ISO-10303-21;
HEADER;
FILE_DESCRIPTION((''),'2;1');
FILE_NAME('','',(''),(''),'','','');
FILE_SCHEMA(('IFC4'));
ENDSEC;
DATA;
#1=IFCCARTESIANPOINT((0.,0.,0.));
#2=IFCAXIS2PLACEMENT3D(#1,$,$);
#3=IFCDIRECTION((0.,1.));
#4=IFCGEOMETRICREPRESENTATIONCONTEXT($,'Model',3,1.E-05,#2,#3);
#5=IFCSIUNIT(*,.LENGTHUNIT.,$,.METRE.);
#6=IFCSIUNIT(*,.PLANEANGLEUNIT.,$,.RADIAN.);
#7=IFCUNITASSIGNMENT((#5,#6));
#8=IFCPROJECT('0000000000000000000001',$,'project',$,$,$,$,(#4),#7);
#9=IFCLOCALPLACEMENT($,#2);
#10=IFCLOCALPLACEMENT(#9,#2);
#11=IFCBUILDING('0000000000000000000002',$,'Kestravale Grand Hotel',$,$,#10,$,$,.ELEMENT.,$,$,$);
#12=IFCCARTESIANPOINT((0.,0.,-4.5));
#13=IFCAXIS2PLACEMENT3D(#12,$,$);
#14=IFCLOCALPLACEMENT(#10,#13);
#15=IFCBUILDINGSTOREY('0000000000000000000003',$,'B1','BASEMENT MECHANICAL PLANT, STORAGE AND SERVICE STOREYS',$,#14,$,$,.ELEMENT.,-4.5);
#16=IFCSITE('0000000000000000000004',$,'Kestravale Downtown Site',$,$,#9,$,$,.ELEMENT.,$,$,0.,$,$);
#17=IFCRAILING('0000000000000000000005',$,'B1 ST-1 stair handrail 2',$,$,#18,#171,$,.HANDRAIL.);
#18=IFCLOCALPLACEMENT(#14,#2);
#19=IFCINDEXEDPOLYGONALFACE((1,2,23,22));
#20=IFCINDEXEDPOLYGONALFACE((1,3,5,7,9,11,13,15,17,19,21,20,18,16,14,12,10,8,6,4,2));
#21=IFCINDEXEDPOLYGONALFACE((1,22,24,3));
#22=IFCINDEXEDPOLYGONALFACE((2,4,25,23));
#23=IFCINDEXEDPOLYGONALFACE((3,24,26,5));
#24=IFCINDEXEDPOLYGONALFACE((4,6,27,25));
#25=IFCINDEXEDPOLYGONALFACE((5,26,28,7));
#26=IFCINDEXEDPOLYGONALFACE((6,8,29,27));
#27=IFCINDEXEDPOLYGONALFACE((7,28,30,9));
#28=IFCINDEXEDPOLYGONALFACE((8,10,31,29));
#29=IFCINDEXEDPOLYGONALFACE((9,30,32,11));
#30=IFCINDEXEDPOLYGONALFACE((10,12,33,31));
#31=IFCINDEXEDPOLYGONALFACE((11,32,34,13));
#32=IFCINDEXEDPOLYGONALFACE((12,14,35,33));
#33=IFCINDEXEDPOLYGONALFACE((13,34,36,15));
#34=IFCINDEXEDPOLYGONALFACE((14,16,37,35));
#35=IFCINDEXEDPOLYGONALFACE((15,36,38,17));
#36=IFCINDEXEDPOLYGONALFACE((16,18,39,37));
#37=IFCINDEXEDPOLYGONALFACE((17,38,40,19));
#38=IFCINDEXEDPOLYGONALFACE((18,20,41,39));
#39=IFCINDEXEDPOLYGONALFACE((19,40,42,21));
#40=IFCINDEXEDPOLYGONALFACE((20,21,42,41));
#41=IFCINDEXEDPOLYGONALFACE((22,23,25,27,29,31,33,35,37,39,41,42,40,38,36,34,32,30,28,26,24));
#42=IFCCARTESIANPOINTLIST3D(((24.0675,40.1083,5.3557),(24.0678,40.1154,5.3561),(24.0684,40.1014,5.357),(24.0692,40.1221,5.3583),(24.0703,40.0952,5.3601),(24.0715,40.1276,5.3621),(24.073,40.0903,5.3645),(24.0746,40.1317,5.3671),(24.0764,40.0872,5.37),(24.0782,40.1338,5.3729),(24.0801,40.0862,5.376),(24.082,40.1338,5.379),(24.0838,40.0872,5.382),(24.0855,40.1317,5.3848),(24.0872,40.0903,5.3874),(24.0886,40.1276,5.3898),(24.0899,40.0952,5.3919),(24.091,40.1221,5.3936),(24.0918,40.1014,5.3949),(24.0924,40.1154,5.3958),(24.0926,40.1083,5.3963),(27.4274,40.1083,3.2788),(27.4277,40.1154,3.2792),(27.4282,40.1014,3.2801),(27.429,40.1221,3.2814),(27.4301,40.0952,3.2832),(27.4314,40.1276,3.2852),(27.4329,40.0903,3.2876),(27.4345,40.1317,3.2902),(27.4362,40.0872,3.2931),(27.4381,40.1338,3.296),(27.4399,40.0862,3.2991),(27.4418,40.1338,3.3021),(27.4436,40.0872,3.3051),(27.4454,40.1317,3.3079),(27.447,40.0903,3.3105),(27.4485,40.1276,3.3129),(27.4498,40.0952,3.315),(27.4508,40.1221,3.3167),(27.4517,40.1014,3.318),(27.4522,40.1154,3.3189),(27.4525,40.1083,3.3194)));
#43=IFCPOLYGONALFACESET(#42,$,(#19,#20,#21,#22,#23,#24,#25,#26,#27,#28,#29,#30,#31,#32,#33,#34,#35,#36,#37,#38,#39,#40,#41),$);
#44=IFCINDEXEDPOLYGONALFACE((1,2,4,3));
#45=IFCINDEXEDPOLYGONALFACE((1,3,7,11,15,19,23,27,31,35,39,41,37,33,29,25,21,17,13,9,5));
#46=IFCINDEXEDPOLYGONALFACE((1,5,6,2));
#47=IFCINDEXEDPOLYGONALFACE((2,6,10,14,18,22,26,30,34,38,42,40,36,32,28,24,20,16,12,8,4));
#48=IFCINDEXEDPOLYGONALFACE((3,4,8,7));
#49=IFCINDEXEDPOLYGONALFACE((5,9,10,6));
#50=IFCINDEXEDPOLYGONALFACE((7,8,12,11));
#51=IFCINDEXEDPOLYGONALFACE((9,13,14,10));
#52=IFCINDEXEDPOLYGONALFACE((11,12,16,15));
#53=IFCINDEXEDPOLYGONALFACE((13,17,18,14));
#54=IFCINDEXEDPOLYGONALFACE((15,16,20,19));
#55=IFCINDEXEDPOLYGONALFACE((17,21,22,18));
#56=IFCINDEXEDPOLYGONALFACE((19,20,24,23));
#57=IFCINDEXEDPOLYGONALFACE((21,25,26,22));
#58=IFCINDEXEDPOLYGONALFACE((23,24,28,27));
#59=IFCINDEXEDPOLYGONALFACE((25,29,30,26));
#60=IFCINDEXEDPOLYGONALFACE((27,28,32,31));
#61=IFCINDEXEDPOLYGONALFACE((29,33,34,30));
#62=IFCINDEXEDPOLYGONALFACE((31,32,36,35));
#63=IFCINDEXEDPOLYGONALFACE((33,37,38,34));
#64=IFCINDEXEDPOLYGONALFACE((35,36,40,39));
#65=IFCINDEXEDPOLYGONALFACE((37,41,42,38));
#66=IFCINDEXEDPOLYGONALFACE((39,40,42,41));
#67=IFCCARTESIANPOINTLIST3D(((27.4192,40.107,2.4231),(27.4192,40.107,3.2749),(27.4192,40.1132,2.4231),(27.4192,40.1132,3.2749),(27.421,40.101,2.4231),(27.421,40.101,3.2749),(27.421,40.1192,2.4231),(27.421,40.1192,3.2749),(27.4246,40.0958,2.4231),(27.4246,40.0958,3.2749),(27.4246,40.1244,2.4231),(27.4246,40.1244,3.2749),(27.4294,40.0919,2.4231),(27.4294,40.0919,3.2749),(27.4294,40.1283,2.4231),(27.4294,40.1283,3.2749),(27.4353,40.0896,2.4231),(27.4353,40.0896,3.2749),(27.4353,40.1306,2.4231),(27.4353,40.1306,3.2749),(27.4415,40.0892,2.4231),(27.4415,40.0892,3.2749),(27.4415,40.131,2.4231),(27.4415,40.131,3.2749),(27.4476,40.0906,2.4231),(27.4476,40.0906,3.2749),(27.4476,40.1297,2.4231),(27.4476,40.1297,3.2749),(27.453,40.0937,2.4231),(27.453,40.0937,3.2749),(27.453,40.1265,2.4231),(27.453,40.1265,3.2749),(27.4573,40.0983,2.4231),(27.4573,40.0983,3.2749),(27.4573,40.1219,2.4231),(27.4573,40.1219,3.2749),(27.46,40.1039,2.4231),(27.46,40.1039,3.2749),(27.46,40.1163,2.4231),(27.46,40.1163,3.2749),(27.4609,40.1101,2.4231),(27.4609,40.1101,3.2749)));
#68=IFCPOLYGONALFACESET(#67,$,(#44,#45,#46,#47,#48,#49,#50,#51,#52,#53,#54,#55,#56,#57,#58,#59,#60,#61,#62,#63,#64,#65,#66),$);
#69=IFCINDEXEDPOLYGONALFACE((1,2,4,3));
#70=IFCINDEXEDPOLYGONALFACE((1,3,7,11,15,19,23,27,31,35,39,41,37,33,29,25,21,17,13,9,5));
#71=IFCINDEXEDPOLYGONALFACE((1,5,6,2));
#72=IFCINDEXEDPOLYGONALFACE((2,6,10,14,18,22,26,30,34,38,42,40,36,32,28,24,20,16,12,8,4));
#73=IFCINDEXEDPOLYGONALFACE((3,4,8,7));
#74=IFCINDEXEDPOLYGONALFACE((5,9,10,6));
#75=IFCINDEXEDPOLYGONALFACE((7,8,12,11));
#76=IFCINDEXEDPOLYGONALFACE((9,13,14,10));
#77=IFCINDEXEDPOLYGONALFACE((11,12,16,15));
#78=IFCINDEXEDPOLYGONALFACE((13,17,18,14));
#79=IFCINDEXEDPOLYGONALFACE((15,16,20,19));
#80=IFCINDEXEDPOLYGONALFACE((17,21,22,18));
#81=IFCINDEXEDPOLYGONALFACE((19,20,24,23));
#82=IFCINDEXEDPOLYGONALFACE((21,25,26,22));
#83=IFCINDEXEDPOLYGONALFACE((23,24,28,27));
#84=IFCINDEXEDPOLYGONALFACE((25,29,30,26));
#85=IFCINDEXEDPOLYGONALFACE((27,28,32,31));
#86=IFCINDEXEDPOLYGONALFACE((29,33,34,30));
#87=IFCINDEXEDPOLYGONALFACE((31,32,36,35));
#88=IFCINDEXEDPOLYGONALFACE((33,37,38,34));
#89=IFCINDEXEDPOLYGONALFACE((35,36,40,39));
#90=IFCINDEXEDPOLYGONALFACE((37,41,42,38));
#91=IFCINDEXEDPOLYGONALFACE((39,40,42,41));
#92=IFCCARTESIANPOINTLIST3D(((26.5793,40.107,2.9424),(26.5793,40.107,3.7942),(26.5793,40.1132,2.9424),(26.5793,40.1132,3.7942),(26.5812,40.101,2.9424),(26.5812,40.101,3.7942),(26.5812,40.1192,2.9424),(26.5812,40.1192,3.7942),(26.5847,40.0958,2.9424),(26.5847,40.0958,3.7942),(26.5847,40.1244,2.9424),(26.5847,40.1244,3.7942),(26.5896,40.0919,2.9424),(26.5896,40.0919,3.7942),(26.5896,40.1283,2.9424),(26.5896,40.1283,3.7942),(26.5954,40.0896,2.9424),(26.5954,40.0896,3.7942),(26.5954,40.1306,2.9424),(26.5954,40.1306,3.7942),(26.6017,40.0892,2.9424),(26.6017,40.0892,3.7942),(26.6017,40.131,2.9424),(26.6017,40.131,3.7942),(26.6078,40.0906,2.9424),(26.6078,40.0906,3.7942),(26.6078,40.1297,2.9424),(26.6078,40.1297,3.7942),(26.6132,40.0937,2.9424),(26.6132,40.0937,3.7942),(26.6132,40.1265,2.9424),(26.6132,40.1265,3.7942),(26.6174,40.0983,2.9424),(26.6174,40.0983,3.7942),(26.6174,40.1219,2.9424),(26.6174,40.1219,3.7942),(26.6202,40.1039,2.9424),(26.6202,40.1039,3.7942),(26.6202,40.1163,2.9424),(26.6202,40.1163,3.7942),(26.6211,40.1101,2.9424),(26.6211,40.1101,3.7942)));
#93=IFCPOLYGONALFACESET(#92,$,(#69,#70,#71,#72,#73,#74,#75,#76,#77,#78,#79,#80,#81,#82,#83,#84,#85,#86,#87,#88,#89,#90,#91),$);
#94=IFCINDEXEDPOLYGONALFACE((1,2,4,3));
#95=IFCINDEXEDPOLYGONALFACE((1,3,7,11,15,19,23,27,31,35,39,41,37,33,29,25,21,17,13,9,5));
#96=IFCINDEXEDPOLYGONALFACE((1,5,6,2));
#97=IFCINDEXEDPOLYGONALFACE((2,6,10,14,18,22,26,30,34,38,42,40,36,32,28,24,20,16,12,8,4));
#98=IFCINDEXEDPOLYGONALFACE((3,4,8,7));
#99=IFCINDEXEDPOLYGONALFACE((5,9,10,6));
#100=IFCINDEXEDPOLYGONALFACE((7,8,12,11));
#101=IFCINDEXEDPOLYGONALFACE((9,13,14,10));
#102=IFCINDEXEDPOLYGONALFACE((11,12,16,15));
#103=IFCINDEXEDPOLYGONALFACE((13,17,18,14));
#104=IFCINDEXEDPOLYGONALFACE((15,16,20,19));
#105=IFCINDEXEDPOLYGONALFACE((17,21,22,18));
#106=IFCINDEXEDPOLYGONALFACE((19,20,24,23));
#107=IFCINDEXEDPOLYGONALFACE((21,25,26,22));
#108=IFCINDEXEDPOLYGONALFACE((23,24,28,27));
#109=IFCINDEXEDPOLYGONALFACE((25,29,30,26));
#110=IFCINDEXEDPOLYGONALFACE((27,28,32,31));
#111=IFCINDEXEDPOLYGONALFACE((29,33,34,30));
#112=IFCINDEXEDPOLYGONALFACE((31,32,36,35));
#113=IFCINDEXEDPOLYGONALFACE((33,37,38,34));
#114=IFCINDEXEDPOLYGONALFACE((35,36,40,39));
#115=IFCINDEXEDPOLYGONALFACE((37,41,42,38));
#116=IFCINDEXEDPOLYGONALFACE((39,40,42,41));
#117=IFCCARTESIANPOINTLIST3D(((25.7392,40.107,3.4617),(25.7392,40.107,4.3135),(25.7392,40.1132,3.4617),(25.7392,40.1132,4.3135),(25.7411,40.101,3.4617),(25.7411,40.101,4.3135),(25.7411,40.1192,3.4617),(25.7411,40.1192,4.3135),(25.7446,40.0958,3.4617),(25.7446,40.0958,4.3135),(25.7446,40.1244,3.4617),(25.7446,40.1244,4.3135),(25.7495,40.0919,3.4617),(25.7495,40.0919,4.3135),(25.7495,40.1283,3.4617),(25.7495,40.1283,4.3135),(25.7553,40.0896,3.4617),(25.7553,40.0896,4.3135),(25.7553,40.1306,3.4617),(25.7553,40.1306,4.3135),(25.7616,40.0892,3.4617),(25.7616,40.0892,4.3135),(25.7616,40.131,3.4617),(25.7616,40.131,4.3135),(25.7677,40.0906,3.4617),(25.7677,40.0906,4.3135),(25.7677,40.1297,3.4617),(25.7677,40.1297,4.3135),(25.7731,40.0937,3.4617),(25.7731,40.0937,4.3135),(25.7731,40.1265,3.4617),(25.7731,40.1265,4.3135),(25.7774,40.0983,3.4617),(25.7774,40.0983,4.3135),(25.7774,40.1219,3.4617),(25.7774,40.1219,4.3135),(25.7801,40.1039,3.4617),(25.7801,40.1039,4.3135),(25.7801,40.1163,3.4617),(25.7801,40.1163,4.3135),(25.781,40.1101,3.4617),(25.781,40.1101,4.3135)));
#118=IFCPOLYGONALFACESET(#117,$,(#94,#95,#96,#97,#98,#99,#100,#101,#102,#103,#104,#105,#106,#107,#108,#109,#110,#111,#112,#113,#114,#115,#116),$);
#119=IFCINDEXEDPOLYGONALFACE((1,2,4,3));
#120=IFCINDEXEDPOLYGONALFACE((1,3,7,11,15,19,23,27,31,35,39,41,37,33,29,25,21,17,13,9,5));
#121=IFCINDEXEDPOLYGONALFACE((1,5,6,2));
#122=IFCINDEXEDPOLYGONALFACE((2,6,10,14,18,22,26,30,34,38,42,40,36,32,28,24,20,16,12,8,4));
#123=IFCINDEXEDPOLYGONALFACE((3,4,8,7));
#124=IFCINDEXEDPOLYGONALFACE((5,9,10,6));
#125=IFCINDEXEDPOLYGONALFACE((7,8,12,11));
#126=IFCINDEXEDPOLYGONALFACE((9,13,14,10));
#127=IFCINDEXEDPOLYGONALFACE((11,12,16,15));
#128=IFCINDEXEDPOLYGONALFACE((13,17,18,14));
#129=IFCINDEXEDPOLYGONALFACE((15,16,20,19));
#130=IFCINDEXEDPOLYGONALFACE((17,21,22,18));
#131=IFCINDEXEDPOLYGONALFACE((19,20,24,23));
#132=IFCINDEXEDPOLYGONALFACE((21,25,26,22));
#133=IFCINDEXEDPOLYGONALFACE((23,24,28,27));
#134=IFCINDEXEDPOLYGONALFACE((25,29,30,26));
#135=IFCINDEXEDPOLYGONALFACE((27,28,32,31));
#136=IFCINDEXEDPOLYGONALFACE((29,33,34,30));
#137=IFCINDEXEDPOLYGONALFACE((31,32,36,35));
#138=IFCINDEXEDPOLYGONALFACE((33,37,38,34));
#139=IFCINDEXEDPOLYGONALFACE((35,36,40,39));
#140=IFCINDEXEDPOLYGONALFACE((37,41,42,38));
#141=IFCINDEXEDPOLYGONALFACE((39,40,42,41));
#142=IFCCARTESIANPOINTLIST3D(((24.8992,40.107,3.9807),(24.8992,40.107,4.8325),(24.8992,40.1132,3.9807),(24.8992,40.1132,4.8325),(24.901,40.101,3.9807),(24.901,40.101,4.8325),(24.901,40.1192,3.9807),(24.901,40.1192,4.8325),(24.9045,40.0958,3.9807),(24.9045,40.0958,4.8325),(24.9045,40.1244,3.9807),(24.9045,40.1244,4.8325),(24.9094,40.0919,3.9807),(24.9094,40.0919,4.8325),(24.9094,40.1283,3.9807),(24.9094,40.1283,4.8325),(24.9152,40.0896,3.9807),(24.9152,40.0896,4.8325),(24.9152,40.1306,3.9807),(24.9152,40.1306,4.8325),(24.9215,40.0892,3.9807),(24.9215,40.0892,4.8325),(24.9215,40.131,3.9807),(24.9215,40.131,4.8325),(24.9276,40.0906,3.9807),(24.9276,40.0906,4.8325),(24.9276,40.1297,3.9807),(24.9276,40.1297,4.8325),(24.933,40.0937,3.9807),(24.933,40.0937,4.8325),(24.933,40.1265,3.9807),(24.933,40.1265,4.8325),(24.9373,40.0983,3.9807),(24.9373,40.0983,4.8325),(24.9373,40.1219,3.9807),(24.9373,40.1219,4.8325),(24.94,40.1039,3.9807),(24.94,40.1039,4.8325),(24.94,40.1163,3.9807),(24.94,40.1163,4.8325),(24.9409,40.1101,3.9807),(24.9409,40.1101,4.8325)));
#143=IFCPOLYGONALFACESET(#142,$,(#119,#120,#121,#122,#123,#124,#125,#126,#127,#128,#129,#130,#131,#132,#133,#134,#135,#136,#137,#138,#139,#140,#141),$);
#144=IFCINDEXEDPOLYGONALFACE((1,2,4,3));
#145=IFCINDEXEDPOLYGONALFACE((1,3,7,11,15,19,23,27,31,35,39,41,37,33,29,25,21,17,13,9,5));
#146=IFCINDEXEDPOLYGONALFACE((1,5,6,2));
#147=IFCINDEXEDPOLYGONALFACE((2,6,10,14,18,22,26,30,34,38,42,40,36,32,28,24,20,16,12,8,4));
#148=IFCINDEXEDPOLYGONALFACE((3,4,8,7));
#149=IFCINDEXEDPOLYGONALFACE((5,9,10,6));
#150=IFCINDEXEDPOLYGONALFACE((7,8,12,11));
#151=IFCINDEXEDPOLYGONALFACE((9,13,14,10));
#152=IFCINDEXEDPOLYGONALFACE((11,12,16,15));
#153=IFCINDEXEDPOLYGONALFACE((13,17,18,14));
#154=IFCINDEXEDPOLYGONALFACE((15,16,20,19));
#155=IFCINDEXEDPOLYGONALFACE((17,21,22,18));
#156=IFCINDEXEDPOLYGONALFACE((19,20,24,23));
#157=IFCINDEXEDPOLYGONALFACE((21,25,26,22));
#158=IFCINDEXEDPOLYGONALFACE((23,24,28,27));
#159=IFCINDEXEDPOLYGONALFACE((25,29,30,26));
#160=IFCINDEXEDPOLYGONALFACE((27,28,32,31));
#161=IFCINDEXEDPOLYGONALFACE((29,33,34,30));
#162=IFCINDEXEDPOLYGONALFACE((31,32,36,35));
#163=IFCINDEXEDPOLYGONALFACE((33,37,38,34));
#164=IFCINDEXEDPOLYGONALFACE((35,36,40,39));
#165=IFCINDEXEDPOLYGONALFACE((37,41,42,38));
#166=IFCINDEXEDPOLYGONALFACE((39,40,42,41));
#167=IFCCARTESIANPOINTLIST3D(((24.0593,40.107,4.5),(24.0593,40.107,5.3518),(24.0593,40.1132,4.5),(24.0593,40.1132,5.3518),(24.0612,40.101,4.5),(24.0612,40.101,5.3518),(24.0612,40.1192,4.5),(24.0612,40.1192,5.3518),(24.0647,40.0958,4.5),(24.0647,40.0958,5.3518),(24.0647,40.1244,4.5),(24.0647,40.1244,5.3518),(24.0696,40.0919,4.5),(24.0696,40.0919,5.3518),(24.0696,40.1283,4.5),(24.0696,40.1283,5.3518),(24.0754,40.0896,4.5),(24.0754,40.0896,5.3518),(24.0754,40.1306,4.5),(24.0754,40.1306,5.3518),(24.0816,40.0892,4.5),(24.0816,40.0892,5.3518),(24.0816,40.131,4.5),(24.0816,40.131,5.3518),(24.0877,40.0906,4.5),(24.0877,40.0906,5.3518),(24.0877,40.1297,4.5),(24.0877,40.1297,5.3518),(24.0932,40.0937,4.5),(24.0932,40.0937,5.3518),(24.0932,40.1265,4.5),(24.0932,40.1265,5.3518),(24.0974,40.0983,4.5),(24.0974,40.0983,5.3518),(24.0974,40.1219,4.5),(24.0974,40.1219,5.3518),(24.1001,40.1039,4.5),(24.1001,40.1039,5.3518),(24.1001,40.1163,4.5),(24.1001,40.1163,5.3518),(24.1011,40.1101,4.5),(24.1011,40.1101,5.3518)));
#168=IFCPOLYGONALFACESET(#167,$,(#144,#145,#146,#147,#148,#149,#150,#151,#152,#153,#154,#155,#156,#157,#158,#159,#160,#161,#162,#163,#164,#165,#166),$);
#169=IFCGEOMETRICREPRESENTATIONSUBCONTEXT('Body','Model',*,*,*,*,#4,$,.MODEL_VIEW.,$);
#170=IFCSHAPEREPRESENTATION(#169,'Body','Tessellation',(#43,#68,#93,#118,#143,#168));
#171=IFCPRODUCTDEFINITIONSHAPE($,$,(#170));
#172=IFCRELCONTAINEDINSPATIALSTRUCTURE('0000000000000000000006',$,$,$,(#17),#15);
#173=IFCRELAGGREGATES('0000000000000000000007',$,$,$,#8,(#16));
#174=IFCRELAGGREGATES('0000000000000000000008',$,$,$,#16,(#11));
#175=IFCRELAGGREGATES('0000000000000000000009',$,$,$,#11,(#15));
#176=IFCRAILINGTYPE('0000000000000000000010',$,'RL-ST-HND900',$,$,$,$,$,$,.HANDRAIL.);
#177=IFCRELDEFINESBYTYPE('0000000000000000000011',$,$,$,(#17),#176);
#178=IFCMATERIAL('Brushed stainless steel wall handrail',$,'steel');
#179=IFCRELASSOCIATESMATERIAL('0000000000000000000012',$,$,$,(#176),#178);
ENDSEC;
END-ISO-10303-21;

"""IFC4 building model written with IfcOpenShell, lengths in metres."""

from ifc_helpers import new_model, si_unit, direction, frame, origin, origin_2d, place, context, subcontext, project, spatial, circle, extrude, material, type_object, element, save


model = new_model("IFC4")

# Units and contexts
model_context = context("Model", 3, precision=1e-05, world=origin(), true_north=direction((0.0, 1.0)))
body_context = subcontext(model_context, "Body", "Model", "MODEL_VIEW")
ifc_project = project(units=[si_unit("LENGTHUNIT", "METRE"), si_unit("PLANEANGLEUNIT", "RADIAN")], contexts=[model_context])

# Site, building, storey
site_placement = place(None, origin())
site = spatial("IfcSite", under=ifc_project, at=site_placement, Name="Kestravale Downtown Site", CompositionType="ELEMENT", RefElevation=0.0)
building_placement = place(site_placement, origin())
building = spatial("IfcBuilding", under=site, at=building_placement, Name="Kestravale Grand Hotel", CompositionType="ELEMENT")
storey_placement = place(building_placement, frame((0.0, 0.0, -4.5)))
storey = spatial("IfcBuildingStorey", under=building, at=storey_placement, Name="B1", Description="BASEMENT MECHANICAL PLANT, STORAGE AND SERVICE STOREYS", CompositionType="ELEMENT", Elevation=-4.5)

# Railing
ifc_material_1 = material(Name="Brushed stainless steel wall handrail", Category="steel")
railing_type_1 = type_object("IfcRailingType", Name="RL-ST-HND900", PredefinedType="HANDRAIL", material=ifc_material_1)
railing_1_placement = place(storey_placement, frame((27.4399, 40.1101, 2.4231)))
element("IfcRailing", 1, at=railing_1_placement, inside=storey, type_object=railing_type_1, Name="B1 ST-1 stair handrail 2", PredefinedType="HANDRAIL", context=body_context, shape_type="SweptSolid", body=[
    extrude(circle(Radius=0.0239, at=origin_2d()), frame((0.0, 0.0, 0.876), z_axis=(-0.850606, 0.0, 0.525803), x_axis=(0.0, -1.0, 0.0)), (0.0, 0.0, 1.0), 3.95),
    extrude(circle(Radius=0.021, at=origin_2d()), origin(), (0.0, 0.0, 1.0), 0.8518),
    extrude(circle(Radius=0.021, at=origin_2d()), frame((-0.8398, 0.0, 0.5193)), (0.0, 0.0, 1.0), 0.8518),
    extrude(circle(Radius=0.021, at=origin_2d()), frame((-1.6799, 0.0, 1.0386)), (0.0, 0.0, 1.0), 0.8518),
    extrude(circle(Radius=0.021, at=origin_2d()), frame((-2.52, 0.0, 1.5576)), (0.0, 0.0, 1.0), 0.8518),
    extrude(circle(Radius=0.021, at=origin_2d()), frame((-3.3599, 0.0, 2.0769)), (0.0, 0.0, 1.0), 0.8518),
])

save(model, "model.ifc")
